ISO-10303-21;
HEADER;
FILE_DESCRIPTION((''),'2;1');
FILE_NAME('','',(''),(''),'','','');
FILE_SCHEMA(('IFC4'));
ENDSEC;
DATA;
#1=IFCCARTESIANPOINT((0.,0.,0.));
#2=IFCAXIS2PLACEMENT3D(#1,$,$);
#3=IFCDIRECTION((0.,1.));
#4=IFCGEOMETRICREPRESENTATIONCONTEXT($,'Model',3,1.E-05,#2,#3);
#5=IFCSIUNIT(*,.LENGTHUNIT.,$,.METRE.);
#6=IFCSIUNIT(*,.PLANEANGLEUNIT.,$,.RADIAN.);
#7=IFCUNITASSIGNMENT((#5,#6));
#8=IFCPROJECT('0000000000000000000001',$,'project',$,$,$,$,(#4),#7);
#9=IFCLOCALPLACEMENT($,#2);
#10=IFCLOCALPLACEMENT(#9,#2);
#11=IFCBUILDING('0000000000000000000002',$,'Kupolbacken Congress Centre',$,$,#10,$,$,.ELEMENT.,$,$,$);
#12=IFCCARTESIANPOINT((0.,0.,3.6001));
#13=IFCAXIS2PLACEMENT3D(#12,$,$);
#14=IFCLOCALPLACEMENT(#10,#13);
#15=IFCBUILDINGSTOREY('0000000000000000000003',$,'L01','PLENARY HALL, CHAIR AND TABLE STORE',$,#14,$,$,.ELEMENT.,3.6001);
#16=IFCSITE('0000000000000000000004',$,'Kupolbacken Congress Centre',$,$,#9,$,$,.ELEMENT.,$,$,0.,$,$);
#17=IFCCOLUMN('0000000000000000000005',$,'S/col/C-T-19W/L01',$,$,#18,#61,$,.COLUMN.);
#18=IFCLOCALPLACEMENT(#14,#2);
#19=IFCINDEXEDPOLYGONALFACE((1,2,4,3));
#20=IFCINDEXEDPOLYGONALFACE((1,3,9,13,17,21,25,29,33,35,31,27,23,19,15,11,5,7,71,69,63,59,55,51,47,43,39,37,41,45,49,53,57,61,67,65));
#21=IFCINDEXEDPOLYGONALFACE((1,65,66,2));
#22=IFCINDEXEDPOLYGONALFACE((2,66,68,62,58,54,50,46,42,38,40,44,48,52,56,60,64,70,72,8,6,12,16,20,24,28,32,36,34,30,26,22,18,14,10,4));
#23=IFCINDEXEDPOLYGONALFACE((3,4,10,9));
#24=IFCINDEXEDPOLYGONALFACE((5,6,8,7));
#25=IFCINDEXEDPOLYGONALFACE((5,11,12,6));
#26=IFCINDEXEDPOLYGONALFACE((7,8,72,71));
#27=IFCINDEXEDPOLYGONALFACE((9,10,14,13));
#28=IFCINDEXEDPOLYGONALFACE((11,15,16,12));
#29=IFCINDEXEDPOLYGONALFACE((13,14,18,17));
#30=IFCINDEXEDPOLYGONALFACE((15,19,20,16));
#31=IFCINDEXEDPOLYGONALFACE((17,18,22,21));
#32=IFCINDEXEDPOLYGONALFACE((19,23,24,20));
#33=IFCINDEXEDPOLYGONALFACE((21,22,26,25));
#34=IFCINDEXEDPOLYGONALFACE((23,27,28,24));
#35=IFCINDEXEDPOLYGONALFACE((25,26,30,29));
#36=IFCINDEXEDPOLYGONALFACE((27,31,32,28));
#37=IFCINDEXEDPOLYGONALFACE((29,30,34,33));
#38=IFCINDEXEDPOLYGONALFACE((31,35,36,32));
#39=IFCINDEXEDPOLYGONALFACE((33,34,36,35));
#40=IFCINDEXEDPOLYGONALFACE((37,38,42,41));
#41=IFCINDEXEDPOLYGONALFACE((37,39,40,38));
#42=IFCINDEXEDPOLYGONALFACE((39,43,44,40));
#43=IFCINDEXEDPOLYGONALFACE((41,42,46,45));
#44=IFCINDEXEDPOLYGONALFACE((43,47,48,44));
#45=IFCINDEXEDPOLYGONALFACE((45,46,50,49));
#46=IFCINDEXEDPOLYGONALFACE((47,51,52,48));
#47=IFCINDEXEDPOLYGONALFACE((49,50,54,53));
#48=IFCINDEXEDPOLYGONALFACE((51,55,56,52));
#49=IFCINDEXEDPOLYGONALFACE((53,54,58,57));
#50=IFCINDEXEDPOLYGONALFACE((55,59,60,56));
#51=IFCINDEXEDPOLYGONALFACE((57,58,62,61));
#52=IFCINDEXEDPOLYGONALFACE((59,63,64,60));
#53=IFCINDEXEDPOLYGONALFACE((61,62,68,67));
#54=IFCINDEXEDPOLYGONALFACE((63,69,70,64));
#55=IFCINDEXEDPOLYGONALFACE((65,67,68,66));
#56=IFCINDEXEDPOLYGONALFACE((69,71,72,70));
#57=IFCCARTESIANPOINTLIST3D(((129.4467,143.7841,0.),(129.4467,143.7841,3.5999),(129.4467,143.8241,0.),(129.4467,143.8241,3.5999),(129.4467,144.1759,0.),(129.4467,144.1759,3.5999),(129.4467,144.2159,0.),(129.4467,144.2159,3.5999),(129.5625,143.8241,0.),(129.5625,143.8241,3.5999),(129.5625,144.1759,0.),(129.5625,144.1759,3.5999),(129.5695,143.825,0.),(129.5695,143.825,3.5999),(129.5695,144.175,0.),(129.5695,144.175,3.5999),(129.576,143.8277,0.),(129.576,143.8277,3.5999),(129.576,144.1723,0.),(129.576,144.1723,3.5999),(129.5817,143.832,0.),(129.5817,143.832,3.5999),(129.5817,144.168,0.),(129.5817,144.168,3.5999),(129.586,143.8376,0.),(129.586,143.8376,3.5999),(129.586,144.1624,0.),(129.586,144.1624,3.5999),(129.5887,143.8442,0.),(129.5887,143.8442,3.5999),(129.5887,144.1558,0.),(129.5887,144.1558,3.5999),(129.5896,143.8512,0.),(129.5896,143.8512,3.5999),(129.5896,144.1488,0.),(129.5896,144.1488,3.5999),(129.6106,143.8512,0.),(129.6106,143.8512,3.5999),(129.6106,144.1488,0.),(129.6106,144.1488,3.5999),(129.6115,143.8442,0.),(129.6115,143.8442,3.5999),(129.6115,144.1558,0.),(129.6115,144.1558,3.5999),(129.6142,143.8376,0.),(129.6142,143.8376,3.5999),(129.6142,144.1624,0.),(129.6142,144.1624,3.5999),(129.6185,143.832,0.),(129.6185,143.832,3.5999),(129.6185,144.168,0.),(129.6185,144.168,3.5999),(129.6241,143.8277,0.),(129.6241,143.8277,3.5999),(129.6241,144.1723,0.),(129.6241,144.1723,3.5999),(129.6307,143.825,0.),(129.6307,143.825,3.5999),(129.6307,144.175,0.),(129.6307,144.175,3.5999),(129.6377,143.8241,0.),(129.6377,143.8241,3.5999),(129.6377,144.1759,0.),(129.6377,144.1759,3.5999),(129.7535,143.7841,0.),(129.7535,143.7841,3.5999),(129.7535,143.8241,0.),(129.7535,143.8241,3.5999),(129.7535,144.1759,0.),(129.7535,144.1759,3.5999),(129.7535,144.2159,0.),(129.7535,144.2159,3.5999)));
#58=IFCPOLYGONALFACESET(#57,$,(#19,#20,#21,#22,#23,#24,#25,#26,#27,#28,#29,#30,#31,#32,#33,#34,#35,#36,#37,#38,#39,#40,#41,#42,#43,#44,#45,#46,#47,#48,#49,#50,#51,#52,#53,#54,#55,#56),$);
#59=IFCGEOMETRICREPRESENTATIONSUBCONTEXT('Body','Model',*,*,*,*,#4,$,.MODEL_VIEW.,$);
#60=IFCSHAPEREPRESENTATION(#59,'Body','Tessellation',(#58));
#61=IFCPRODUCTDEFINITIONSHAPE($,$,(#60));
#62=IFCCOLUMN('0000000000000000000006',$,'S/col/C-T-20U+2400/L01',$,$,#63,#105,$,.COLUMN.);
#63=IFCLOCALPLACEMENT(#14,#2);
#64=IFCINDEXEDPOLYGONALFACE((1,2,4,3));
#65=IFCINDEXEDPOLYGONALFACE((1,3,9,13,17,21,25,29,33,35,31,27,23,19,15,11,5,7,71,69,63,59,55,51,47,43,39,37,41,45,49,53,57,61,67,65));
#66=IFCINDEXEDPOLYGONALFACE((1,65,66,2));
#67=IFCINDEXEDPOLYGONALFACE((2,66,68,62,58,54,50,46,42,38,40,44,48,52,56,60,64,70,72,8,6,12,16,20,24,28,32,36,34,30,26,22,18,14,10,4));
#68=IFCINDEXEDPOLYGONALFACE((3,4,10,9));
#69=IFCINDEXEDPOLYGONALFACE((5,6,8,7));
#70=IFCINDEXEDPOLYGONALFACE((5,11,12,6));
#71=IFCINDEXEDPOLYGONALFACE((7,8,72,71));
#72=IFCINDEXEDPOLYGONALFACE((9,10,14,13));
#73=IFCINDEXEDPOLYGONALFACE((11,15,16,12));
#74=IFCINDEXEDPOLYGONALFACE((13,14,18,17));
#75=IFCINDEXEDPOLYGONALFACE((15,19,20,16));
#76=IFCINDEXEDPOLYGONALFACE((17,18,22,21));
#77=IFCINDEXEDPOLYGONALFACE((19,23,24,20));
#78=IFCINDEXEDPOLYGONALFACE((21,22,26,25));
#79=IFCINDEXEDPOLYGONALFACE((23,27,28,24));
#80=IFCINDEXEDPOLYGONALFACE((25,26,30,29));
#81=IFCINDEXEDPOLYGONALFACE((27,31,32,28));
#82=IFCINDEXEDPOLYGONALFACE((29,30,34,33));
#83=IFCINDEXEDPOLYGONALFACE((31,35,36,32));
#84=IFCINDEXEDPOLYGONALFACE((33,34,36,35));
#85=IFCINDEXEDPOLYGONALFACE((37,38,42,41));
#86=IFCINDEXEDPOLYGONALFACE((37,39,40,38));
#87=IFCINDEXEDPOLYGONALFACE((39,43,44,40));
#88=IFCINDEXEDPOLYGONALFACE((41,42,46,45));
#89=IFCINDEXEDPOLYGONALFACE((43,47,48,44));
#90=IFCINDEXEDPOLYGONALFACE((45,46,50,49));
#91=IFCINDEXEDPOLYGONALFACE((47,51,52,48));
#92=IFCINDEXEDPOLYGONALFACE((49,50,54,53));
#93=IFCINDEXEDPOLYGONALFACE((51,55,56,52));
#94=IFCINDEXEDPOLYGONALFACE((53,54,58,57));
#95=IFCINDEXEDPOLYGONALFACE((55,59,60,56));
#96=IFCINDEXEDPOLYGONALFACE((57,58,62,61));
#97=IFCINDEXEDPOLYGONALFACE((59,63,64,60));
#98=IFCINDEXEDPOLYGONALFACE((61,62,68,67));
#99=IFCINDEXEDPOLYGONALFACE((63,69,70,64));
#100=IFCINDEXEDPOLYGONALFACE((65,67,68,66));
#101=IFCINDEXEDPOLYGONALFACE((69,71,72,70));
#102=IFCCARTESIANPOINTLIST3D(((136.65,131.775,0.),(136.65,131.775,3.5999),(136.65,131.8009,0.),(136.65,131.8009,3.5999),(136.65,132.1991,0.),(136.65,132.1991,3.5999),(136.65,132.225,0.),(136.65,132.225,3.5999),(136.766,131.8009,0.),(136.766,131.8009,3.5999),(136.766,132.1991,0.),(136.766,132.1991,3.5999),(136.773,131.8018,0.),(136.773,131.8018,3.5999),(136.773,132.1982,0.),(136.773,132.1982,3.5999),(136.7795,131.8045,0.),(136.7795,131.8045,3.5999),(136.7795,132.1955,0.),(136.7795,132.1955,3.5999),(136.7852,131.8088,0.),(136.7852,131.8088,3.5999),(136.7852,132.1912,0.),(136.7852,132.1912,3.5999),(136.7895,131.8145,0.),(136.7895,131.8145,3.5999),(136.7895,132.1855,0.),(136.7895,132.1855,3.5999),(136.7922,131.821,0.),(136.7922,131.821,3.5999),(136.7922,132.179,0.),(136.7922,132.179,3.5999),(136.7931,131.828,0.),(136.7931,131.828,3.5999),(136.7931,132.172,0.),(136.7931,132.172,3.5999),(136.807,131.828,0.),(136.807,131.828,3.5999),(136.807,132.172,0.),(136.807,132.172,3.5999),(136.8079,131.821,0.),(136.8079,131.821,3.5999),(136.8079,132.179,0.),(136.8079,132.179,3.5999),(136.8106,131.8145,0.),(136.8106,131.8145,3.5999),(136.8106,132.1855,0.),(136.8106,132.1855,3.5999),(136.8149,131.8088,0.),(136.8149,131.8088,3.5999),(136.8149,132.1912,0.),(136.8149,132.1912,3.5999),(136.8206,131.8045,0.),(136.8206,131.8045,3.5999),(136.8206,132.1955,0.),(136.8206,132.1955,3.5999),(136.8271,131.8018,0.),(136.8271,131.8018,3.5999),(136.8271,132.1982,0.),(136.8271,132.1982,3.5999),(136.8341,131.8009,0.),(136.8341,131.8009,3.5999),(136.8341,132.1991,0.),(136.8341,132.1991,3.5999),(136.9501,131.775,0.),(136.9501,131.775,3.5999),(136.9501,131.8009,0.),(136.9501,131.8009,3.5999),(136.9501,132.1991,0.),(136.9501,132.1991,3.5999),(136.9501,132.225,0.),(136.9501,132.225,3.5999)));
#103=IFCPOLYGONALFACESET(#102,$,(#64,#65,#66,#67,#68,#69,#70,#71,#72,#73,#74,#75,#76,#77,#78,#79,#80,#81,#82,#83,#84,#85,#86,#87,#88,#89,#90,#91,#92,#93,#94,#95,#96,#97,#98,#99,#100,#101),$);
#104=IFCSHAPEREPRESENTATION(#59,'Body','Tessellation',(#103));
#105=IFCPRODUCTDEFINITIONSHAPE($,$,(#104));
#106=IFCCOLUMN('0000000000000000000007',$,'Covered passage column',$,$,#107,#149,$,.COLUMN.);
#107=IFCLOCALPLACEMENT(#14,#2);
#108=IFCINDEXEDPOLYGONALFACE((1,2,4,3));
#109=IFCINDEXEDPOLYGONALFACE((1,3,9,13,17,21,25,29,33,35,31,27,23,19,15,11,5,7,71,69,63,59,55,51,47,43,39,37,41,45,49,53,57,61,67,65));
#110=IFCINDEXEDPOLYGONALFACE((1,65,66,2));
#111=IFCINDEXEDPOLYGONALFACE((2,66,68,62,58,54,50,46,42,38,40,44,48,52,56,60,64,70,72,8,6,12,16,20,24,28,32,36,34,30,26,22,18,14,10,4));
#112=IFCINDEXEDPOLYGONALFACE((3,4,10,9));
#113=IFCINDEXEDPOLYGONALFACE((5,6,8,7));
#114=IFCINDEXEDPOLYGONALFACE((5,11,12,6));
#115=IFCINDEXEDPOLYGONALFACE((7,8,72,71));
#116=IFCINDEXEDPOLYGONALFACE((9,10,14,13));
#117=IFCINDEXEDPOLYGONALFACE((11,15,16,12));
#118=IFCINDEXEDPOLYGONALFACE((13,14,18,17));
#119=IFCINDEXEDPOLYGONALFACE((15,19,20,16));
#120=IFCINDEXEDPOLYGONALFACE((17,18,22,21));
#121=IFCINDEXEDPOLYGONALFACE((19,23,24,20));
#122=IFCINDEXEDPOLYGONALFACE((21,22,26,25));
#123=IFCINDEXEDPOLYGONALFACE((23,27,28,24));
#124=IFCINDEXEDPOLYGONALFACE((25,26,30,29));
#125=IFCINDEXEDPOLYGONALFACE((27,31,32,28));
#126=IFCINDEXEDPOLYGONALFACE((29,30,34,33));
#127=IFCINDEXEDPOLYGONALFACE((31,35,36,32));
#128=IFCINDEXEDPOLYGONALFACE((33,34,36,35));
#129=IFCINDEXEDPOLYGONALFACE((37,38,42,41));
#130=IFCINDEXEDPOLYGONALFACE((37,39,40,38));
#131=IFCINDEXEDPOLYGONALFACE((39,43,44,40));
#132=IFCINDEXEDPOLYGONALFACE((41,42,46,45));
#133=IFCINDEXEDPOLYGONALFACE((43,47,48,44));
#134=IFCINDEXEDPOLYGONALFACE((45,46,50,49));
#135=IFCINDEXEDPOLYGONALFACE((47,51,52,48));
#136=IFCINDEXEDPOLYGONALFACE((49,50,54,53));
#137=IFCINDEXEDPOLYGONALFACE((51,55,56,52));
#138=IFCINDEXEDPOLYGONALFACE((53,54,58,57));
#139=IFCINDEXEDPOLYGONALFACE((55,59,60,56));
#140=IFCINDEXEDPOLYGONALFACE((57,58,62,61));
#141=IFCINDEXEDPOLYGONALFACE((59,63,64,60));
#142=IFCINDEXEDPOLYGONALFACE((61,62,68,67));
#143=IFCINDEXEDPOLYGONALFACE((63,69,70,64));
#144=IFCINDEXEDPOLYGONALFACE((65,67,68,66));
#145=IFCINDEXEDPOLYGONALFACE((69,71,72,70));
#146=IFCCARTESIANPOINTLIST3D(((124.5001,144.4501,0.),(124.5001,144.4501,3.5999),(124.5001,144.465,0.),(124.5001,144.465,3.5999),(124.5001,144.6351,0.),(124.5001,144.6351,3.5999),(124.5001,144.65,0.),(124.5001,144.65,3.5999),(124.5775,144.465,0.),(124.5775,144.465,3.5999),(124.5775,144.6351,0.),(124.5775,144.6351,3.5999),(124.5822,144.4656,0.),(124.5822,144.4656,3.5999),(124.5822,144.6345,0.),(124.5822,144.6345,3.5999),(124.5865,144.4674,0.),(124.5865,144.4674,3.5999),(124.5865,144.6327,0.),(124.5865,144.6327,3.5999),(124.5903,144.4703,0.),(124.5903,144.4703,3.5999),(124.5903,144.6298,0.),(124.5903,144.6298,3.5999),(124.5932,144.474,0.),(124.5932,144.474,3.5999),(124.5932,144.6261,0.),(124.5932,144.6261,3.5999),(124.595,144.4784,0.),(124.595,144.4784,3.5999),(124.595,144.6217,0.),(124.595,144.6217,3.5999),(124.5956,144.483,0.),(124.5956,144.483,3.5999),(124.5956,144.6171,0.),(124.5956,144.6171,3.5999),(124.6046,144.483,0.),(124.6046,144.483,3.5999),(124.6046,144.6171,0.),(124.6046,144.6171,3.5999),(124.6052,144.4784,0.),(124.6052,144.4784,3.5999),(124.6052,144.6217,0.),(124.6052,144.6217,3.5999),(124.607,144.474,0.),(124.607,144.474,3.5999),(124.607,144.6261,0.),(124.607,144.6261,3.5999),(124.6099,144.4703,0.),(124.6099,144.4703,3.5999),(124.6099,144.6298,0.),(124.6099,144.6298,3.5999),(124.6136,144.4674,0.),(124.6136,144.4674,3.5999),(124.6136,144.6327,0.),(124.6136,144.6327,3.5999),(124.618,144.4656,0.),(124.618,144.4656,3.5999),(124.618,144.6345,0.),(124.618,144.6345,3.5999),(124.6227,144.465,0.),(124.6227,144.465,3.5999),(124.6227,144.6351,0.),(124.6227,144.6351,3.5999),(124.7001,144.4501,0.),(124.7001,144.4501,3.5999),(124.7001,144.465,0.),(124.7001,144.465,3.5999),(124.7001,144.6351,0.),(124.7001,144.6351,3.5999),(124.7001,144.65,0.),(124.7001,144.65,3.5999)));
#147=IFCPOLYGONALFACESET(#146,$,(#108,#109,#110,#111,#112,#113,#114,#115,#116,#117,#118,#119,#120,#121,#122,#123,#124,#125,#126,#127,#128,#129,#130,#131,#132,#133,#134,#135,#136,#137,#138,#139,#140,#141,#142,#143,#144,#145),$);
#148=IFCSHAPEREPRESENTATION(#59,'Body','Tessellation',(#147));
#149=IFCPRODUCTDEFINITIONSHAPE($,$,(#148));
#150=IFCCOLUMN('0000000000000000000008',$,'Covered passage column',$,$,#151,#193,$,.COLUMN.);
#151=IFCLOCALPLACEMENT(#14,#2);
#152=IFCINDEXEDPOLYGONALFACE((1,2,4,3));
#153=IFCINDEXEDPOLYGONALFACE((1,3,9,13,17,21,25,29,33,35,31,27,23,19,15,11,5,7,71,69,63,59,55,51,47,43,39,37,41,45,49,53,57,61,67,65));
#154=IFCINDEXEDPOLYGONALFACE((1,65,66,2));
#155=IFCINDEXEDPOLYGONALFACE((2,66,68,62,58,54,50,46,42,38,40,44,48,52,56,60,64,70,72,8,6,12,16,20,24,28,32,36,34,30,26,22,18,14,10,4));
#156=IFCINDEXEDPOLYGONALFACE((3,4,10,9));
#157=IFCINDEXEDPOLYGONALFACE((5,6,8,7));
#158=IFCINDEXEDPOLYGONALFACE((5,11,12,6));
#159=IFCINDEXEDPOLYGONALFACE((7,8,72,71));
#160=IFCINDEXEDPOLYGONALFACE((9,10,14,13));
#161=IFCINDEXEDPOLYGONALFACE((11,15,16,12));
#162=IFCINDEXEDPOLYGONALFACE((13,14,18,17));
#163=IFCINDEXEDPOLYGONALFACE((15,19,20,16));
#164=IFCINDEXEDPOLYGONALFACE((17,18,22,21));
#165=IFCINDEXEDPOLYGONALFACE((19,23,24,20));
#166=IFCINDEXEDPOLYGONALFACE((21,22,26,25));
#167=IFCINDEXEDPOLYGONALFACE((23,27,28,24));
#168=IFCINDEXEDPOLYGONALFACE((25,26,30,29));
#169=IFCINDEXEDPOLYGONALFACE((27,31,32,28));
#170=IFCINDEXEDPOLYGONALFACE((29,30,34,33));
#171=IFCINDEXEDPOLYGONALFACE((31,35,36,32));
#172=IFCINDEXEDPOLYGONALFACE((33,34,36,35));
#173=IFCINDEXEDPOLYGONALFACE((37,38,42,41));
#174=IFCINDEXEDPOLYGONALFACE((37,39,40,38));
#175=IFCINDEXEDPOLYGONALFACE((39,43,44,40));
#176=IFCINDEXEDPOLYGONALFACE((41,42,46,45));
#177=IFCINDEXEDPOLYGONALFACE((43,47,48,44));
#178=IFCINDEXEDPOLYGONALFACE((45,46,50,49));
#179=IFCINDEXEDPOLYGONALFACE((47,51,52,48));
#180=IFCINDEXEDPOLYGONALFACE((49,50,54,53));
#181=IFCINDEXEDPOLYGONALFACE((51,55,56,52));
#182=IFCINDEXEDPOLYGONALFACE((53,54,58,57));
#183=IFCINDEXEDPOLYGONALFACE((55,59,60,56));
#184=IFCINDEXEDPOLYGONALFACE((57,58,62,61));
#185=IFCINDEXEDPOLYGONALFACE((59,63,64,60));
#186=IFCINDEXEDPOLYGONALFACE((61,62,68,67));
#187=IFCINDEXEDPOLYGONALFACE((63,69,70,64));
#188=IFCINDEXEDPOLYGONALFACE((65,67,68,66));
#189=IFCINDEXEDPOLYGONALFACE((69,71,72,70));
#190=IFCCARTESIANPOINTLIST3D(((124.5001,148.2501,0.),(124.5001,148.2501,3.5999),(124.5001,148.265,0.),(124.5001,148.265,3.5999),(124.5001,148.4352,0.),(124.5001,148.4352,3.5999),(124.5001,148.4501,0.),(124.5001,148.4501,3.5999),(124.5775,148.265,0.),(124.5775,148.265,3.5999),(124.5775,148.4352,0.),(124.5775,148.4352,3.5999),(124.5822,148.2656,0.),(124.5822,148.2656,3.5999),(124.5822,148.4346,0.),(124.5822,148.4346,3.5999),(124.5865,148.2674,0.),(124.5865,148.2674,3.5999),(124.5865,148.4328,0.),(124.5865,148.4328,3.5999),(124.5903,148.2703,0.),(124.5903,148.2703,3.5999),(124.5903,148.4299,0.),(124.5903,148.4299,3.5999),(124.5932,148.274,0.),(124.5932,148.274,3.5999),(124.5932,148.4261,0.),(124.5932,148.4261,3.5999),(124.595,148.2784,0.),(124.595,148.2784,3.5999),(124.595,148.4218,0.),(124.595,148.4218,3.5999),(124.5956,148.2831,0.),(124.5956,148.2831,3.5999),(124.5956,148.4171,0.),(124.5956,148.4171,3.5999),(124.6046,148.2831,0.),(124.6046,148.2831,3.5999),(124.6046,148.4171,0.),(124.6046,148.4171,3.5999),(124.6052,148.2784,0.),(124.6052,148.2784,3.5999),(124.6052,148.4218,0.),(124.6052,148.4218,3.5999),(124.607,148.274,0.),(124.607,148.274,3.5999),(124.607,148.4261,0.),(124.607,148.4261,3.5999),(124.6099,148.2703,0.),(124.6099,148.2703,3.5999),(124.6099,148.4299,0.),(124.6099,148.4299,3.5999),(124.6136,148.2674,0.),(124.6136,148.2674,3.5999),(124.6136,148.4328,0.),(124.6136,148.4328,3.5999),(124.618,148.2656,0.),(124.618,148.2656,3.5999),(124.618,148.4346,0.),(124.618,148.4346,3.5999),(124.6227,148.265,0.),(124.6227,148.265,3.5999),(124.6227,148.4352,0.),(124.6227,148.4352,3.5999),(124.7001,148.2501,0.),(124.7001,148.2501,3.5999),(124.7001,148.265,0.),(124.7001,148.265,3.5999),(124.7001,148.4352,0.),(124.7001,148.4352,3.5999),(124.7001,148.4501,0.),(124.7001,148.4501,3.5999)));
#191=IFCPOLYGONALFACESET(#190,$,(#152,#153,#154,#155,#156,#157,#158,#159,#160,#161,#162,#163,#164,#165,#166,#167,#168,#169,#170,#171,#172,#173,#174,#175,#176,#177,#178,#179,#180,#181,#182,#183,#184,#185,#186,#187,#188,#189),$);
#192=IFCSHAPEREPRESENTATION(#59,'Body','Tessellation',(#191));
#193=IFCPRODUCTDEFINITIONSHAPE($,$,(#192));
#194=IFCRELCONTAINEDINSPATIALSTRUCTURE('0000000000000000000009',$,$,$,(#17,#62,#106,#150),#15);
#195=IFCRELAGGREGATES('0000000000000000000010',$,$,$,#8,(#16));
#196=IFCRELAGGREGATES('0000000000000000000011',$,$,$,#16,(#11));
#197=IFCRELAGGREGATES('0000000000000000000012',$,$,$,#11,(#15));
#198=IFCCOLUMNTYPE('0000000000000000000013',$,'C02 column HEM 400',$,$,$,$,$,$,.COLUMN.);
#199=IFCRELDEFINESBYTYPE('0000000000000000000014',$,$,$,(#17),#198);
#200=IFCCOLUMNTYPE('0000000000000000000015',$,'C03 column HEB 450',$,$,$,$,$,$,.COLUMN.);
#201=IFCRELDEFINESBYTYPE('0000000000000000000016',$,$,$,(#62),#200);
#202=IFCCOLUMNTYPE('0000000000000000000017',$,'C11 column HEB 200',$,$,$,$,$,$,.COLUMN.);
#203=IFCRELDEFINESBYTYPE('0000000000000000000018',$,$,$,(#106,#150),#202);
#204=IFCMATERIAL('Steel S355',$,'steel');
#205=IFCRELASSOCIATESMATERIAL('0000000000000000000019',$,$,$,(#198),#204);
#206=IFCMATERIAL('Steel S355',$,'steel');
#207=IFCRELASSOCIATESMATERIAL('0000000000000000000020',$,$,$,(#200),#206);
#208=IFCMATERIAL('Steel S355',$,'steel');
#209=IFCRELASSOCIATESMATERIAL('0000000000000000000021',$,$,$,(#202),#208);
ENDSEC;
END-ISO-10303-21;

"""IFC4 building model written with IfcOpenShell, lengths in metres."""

from ifc_helpers import new_model, si_unit, direction, frame, origin, origin_2d, place, context, subcontext, project, spatial, i_section, extrude, material, material_profile, profile_set, type_object, element, save


model = new_model("IFC4")

# Units and contexts
model_context = context("Model", 3, precision=1e-05, world=origin(), true_north=direction((0.0, 1.0)))
body_context = subcontext(model_context, "Body", "Model", "MODEL_VIEW")
ifc_project = project(units=[si_unit("LENGTHUNIT", "METRE"), si_unit("PLANEANGLEUNIT", "RADIAN")], contexts=[model_context])

# Site, building, storey
site_placement = place(None, origin())
site = spatial("IfcSite", under=ifc_project, at=site_placement, Name="Kupolbacken Congress Centre", CompositionType="ELEMENT", RefElevation=0.0)
building_placement = place(site_placement, origin())
building = spatial("IfcBuilding", under=site, at=building_placement, Name="Kupolbacken Congress Centre", CompositionType="ELEMENT")
storey_placement = place(building_placement, frame((0.0, 0.0, 3.6001)))
storey = spatial("IfcBuildingStorey", under=building, at=storey_placement, Name="L01", Description="PLENARY HALL, CHAIR AND TABLE STORE", CompositionType="ELEMENT", Elevation=3.6001)

# Columns
ifc_material_1 = material(Name="Steel S355", Category="steel")
ifc_material_profile_1 = material_profile(ifc_material_1, i_section(OverallWidth=0.3069, OverallDepth=0.4319, WebThickness=0.021, FlangeThickness=0.04, FilletRadius=0.0271, at=origin_2d()), Name="HEM 400")
ifc_profile_set_1 = profile_set([ifc_material_profile_1], Name="Steel S355")
column_type_1 = type_object("IfcColumnType", Name="C02 column HEM 400", PredefinedType="COLUMN", material=ifc_profile_set_1)
for number, where, z_axis, x_axis, name in (
    (1, (129.6001, 144.0, 0.0), (0.0, 0.0, 1.0), (1.0, 0.0, 0.0), "S/col/C-T-19W/L01"),
):
    element("IfcColumn", number, at=place(storey_placement, frame(where, z_axis=z_axis, x_axis=x_axis)), inside=storey, type_object=column_type_1, Name=name, PredefinedType="COLUMN", context=body_context, shape_type="SweptSolid", body=[
        extrude(i_section(OverallWidth=0.3069, OverallDepth=0.4319, WebThickness=0.021, FlangeThickness=0.04, FilletRadius=0.0271, at=origin_2d()), origin(), (0.0, 0.0, 1.0), 3.5999),
    ])
ifc_material_2 = material(Name="Steel S355", Category="steel")
ifc_material_profile_2 = material_profile(ifc_material_2, i_section(OverallWidth=0.3, OverallDepth=0.45, WebThickness=0.0139, FlangeThickness=0.0259, FilletRadius=0.0271, at=origin_2d()), Name="HEB 450")
ifc_profile_set_2 = profile_set([ifc_material_profile_2], Name="Steel S355")
column_type_2 = type_object("IfcColumnType", Name="C03 column HEB 450", PredefinedType="COLUMN", material=ifc_profile_set_2)
column_placement = place(storey_placement, frame((136.8, 132.0, 0.0), z_axis=(0.0, 0.0, 1.0), x_axis=(1.0, 0.0, 0.0)))
element("IfcColumn", 2, at=column_placement, inside=storey, type_object=column_type_2, Name="S/col/C-T-20U+2400/L01", PredefinedType="COLUMN", context=body_context, shape_type="SweptSolid", body=[
    extrude(i_section(OverallWidth=0.3, OverallDepth=0.45, WebThickness=0.0139, FlangeThickness=0.0259, FilletRadius=0.0271, at=origin_2d()), origin(), (0.0, 0.0, 1.0), 3.5999),
])
ifc_material_3 = material(Name="Steel S355", Category="steel")
ifc_material_profile_3 = material_profile(ifc_material_3, i_section(OverallWidth=0.2, OverallDepth=0.2, WebThickness=0.009, FlangeThickness=0.0149, FilletRadius=0.0181, at=origin_2d()), Name="HEB 200")
ifc_profile_set_3 = profile_set([ifc_material_profile_3], Name="Steel S355")
column_type_3 = type_object("IfcColumnType", Name="C11 column HEB 200", PredefinedType="COLUMN", material=ifc_profile_set_3)
for number, where, z_axis, x_axis, name in (
    (3, (124.6001, 144.55, 0.0), (0.0, 0.0, 1.0), (1.0, 0.0, 0.0), "Covered passage column"),
    (4, (124.6001, 148.3501, 0.0), (0.0, 0.0, 1.0), (1.0, 0.0, 0.0), "Covered passage column"),
):
    element("IfcColumn", number, at=place(storey_placement, frame(where, z_axis=z_axis, x_axis=x_axis)), inside=storey, type_object=column_type_3, Name=name, PredefinedType="COLUMN", context=body_context, shape_type="SweptSolid", body=[
        extrude(i_section(OverallWidth=0.2, OverallDepth=0.2, WebThickness=0.009, FlangeThickness=0.0149, FilletRadius=0.0181, at=origin_2d()), origin(), (0.0, 0.0, 1.0), 3.5999),
    ])

save(model, "model.ifc")
